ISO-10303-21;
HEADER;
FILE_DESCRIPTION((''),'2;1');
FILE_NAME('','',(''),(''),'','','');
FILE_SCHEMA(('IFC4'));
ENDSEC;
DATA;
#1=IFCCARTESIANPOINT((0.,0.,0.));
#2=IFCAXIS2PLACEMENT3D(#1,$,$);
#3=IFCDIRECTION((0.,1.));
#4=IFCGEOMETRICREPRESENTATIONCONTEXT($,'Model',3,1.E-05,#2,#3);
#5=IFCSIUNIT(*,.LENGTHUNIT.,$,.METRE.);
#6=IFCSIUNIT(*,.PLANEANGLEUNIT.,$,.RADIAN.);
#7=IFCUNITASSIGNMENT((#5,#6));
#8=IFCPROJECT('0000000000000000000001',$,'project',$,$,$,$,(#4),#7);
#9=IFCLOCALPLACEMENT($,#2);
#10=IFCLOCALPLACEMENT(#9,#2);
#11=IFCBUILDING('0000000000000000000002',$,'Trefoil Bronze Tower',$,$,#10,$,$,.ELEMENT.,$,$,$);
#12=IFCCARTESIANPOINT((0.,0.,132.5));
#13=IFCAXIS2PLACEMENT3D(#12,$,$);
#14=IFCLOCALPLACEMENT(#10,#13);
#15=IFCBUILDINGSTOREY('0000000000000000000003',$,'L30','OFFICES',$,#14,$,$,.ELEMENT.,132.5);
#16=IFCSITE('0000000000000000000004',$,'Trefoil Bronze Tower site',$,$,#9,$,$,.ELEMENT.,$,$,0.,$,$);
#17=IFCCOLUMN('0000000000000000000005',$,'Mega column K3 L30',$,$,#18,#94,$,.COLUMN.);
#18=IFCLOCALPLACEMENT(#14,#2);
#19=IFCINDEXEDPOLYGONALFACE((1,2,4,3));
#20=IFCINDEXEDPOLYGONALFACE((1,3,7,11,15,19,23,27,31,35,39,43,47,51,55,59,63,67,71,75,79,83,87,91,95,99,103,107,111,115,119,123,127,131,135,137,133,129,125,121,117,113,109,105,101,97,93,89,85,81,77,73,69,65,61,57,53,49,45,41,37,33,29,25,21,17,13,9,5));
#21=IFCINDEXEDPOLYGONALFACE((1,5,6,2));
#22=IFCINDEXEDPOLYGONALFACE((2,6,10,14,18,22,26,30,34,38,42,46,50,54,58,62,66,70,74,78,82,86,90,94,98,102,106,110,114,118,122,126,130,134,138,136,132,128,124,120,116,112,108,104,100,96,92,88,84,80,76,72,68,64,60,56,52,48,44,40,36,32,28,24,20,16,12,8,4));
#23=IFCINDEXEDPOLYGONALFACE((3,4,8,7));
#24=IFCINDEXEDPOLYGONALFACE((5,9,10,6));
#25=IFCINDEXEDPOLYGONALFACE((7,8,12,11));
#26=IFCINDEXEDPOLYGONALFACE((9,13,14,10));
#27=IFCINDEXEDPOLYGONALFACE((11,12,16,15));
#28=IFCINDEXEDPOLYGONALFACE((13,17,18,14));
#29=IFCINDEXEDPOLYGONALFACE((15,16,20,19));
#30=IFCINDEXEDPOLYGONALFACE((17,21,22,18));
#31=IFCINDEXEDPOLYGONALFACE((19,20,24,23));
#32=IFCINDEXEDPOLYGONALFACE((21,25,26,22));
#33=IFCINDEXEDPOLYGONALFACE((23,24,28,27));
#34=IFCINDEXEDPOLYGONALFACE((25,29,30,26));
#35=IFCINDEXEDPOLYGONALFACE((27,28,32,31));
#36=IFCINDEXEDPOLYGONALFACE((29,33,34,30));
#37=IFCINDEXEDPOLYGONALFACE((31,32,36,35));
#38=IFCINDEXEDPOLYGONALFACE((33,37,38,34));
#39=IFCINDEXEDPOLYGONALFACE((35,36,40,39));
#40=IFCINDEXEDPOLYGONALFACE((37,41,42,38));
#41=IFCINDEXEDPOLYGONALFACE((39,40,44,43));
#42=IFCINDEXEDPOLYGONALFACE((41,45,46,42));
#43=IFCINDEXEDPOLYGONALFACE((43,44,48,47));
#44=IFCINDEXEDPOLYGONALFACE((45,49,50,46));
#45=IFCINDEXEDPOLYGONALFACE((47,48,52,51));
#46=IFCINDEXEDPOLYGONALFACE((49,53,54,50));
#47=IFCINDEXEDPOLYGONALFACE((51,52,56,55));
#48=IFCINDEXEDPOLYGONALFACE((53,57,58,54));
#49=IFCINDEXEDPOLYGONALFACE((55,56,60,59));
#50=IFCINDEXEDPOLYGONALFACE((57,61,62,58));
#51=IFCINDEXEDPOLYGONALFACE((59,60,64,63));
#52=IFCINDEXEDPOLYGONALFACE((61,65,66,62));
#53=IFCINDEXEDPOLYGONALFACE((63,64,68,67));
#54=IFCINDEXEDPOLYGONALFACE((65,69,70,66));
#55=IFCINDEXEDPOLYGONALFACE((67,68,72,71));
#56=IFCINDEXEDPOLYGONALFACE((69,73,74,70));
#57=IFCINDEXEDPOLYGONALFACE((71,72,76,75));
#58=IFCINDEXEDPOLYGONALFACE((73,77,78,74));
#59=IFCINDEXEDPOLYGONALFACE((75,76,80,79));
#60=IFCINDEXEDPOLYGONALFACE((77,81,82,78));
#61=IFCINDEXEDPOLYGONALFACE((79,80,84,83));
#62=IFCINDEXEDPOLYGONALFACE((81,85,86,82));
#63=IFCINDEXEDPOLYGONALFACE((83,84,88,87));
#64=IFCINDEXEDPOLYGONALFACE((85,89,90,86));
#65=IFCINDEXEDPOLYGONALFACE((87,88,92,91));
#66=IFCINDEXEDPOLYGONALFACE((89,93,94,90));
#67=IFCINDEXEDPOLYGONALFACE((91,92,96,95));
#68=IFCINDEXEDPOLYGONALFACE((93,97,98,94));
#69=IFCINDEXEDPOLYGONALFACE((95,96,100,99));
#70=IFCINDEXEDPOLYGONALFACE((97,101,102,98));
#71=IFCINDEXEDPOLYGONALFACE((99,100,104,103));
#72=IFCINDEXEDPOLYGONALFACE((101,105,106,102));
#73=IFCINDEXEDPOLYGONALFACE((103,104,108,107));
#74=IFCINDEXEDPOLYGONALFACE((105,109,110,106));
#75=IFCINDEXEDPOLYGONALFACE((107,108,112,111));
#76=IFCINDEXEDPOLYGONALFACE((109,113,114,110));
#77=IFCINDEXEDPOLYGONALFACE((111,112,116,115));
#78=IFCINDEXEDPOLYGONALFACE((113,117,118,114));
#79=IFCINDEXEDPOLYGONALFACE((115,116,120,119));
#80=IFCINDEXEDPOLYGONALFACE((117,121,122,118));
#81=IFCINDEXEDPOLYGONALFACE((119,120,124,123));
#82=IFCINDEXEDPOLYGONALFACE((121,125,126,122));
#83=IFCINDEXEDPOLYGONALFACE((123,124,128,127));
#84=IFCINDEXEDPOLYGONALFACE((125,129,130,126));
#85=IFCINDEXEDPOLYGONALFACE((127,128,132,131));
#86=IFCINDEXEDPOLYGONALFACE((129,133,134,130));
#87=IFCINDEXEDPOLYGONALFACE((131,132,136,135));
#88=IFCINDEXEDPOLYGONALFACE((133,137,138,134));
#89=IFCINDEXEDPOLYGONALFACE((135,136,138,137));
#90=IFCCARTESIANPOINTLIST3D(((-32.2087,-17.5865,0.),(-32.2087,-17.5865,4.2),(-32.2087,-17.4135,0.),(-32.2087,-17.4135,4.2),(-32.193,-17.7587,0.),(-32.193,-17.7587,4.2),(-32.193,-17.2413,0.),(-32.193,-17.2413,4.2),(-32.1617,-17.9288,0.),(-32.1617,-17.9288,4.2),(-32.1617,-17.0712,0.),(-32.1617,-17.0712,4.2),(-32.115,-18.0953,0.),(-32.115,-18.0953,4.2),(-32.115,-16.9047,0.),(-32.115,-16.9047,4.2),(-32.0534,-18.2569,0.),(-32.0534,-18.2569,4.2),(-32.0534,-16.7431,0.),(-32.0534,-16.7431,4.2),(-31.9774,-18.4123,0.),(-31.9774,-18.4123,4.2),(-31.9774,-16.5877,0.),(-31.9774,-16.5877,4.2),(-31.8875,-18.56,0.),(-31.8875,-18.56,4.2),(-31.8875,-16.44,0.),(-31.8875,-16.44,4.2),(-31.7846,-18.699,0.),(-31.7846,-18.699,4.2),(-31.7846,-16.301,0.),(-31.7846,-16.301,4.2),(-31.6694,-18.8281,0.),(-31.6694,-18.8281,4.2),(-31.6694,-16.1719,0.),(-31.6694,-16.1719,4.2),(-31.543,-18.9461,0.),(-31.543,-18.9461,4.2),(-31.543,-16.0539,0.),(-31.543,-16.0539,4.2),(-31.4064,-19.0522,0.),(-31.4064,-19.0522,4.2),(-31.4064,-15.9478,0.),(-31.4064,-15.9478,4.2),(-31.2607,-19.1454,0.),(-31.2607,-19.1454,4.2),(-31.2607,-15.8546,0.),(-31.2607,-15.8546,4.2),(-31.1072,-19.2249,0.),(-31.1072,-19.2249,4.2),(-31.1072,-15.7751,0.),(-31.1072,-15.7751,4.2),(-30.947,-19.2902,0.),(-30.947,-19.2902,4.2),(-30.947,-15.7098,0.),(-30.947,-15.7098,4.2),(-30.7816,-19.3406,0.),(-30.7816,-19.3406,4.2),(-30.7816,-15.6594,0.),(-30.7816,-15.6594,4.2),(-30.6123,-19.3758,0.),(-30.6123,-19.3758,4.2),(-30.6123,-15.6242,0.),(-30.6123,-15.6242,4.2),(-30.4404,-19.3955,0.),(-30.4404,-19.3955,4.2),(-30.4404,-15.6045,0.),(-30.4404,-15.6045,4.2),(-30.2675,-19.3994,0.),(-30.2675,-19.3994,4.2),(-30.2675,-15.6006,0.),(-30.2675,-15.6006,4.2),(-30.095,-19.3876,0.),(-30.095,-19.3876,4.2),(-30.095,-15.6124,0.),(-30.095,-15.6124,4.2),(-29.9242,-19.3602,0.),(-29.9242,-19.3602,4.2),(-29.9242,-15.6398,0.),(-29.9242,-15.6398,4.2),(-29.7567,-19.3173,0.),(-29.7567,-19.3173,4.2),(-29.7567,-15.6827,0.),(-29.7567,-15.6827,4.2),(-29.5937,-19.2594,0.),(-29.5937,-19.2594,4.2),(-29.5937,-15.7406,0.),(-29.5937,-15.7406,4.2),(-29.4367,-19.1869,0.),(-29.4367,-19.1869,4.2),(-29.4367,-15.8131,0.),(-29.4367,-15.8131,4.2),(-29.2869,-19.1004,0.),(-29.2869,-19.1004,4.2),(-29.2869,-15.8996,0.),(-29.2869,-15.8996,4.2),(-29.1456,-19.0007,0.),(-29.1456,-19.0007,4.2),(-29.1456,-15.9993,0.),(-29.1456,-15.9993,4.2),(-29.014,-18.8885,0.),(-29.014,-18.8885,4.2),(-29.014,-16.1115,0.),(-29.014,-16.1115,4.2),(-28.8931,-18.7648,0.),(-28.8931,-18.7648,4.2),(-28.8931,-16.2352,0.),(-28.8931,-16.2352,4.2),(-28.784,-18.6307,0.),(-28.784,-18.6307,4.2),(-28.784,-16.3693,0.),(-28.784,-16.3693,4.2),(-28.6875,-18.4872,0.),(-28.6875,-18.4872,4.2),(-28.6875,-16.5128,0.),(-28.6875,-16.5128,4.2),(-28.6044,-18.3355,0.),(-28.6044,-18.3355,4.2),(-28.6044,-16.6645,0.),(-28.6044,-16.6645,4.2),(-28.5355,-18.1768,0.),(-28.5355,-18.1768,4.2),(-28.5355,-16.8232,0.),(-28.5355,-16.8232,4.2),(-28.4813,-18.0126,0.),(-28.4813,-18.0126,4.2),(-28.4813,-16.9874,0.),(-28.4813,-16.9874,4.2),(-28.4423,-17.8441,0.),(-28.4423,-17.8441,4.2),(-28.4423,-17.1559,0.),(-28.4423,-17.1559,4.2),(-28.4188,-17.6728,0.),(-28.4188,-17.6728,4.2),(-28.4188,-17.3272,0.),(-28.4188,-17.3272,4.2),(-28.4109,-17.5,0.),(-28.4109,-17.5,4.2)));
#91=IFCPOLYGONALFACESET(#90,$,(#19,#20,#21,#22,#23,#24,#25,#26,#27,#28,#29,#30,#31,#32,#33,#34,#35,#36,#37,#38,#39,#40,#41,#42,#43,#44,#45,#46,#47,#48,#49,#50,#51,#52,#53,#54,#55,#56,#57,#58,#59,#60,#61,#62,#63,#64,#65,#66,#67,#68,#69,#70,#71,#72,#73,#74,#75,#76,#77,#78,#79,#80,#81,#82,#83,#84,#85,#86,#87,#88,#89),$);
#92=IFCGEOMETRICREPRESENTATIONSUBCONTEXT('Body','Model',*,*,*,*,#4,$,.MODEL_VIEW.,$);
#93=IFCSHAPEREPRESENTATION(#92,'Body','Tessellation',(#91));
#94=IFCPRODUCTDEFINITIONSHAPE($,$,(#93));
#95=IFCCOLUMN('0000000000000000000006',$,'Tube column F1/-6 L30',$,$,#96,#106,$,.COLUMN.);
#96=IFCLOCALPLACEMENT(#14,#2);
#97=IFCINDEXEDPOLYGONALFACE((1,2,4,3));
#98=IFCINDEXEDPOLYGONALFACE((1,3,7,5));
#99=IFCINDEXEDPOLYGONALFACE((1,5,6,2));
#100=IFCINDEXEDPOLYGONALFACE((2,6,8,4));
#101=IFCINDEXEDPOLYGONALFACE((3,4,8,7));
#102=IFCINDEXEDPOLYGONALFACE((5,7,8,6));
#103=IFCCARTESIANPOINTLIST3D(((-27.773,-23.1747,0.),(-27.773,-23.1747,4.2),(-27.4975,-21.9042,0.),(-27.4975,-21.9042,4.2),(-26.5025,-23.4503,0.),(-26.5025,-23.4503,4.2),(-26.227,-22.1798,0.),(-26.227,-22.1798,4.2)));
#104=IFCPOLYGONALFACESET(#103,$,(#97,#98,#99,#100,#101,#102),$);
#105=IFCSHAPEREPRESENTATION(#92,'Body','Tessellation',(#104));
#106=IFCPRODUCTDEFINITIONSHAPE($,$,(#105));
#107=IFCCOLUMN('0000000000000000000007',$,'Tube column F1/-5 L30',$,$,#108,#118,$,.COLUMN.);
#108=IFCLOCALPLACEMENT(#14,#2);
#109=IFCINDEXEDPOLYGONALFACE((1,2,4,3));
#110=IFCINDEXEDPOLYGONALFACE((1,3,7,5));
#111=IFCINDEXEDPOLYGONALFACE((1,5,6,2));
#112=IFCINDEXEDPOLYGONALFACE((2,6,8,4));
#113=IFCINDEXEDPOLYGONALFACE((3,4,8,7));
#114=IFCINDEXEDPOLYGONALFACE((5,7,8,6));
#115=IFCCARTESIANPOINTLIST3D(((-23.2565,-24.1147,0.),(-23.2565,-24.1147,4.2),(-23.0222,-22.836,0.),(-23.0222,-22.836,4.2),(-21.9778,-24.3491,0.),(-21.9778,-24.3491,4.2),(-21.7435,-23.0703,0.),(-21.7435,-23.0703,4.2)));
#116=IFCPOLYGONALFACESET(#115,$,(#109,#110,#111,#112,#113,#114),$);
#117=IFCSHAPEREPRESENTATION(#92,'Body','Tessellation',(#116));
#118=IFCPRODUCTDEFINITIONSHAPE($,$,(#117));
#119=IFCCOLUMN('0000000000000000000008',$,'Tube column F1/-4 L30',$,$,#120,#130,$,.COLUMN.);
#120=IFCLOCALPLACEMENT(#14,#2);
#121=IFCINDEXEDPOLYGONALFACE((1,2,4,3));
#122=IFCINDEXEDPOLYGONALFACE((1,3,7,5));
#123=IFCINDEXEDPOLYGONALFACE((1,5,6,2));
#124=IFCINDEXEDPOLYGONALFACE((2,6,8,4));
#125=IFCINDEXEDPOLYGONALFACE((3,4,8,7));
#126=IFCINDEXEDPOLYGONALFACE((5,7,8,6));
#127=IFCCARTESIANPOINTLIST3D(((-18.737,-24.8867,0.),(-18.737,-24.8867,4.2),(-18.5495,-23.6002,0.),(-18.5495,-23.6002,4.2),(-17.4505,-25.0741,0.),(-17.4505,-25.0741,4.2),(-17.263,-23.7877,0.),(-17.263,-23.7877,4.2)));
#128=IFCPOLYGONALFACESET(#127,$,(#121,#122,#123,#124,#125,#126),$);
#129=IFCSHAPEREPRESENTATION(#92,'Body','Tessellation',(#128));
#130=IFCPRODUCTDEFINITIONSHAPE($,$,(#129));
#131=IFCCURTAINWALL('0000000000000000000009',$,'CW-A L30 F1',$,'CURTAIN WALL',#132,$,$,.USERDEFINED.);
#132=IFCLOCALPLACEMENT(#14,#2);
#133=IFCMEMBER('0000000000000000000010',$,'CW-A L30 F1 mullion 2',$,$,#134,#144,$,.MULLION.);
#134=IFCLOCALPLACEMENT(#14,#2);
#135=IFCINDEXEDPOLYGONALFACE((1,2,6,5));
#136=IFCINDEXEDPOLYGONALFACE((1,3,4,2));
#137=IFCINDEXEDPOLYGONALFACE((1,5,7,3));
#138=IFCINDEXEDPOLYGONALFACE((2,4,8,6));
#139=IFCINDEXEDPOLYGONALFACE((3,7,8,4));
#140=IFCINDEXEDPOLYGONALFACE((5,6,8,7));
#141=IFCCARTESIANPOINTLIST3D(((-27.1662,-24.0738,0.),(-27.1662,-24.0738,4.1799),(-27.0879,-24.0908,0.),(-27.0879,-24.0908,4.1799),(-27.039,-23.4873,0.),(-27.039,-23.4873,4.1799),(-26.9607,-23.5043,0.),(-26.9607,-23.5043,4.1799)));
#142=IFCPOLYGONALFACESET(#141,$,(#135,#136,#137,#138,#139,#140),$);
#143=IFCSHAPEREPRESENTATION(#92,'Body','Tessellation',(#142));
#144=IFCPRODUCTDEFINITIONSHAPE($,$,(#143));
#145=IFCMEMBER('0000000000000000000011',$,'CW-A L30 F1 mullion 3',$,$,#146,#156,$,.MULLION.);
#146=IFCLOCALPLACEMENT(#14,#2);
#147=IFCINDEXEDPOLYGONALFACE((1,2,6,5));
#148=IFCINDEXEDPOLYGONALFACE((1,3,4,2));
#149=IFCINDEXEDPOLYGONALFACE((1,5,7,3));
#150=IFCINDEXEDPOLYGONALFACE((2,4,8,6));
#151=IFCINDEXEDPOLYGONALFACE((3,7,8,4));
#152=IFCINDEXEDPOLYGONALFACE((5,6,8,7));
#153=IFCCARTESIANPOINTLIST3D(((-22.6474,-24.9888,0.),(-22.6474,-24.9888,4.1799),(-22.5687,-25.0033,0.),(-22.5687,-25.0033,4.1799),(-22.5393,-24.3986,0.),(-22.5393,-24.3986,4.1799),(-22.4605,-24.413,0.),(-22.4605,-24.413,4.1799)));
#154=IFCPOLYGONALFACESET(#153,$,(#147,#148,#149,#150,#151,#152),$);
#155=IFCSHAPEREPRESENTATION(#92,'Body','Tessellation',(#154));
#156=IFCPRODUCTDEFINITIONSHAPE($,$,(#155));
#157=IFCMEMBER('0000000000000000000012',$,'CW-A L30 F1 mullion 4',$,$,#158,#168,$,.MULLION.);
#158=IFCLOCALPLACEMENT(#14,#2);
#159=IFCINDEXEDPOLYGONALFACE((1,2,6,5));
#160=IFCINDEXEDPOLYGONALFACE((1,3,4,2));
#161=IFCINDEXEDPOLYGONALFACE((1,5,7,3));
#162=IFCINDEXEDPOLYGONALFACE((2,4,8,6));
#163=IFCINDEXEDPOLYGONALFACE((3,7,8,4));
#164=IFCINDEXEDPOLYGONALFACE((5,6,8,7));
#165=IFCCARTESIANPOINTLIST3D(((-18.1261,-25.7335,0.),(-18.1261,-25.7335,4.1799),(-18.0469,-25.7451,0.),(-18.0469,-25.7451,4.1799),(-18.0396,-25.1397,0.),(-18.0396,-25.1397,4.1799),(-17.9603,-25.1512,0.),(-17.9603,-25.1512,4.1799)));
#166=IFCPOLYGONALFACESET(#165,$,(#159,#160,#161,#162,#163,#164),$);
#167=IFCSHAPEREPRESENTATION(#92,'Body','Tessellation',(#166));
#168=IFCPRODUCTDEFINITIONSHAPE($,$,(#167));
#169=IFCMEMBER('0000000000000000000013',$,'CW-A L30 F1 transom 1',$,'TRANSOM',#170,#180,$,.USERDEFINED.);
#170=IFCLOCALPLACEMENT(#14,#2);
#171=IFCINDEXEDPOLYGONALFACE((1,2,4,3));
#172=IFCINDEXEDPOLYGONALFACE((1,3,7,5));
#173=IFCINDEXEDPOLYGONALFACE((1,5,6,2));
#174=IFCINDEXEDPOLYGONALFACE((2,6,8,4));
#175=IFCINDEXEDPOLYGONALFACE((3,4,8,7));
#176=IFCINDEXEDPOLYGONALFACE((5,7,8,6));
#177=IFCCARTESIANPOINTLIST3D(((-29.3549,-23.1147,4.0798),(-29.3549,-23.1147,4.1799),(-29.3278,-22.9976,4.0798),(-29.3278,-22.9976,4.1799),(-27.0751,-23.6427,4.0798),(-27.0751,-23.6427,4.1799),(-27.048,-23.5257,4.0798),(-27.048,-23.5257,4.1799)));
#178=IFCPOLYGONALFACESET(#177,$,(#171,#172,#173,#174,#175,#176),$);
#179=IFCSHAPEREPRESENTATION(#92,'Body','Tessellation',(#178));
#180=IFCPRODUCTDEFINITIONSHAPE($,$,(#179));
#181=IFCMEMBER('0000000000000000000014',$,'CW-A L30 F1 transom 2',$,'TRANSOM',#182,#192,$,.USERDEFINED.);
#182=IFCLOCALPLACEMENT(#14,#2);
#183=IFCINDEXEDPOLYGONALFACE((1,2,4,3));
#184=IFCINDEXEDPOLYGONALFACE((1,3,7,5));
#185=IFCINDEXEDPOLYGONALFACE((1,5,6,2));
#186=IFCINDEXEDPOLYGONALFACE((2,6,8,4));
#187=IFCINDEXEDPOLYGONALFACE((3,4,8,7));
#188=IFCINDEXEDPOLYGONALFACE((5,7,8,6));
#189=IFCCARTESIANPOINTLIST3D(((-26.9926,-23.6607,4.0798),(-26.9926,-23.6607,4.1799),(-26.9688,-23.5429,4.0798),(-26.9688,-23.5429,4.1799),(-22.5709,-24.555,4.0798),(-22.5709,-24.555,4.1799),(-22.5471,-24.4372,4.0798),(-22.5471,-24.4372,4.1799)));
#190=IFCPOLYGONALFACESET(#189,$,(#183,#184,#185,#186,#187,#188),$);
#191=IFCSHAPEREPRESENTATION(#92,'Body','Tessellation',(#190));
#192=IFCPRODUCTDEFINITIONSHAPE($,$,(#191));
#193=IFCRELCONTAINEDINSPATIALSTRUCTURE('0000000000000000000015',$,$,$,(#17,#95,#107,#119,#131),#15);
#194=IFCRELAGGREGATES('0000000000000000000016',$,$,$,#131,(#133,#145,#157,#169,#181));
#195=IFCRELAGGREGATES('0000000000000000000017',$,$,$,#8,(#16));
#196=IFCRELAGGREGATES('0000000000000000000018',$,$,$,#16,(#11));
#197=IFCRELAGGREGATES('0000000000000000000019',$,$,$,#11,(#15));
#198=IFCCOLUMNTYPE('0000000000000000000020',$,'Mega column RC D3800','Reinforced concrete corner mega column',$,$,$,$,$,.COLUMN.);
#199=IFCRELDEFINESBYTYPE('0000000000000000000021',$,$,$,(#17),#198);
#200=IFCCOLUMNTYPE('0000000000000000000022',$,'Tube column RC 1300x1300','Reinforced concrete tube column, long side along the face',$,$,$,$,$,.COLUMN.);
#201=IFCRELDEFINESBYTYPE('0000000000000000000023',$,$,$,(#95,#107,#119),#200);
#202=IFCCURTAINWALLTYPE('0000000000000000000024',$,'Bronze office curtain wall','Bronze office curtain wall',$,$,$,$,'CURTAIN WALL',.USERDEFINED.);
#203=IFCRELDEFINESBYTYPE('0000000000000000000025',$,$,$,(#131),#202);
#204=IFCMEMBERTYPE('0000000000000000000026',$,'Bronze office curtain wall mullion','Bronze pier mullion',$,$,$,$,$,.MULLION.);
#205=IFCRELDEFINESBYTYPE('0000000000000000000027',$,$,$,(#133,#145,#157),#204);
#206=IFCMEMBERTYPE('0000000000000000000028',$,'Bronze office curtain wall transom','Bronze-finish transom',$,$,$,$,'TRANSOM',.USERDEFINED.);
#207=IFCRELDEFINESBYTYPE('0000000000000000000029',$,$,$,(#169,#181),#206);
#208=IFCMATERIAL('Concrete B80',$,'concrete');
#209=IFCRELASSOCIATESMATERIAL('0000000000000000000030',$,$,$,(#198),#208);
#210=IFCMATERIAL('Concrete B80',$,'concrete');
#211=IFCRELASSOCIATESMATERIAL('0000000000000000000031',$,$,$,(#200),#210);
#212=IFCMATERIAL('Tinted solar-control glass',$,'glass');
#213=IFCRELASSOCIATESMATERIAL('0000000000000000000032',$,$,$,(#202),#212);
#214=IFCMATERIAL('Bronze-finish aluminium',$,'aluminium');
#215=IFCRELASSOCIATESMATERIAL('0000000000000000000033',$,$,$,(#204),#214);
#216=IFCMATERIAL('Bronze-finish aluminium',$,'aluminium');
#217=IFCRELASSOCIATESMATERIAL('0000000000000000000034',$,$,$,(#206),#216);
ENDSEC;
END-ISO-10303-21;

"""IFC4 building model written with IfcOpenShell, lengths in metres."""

from ifc_helpers import new_model, si_unit, direction, frame, origin, origin_2d, place, context, subcontext, project, spatial, rectangle, circle, extrude, material, material_profile, profile_set, type_object, element, aggregate, save


model = new_model("IFC4")

# Units and contexts
model_context = context("Model", 3, precision=1e-05, world=origin(), true_north=direction((0.0, 1.0)))
body_context = subcontext(model_context, "Body", "Model", "MODEL_VIEW")
ifc_project = project(units=[si_unit("LENGTHUNIT", "METRE"), si_unit("PLANEANGLEUNIT", "RADIAN")], contexts=[model_context])

# Site, building, storey
site_placement = place(None, origin())
site = spatial("IfcSite", under=ifc_project, at=site_placement, Name="Trefoil Bronze Tower site", CompositionType="ELEMENT", RefElevation=0.0)
building_placement = place(site_placement, origin())
building = spatial("IfcBuilding", under=site, at=building_placement, Name="Trefoil Bronze Tower", CompositionType="ELEMENT")
storey_placement = place(building_placement, frame((0.0, 0.0, 132.5)))
storey = spatial("IfcBuildingStorey", under=building, at=storey_placement, Name="L30", Description="OFFICES", CompositionType="ELEMENT", Elevation=132.5)

# Columns
ifc_material_1 = material(Name="Concrete B80", Category="concrete")
ifc_material_profile_1 = material_profile(ifc_material_1, circle(Radius=1.8999, at=origin_2d()), Name="RC D3800")
ifc_profile_set_1 = profile_set([ifc_material_profile_1], Name="Concrete B80")
column_type_1 = type_object("IfcColumnType", Name="Mega column RC D3800", Description="Reinforced concrete corner mega column", PredefinedType="COLUMN", material=ifc_profile_set_1)
column_placement = place(storey_placement, frame((-30.3108, -17.5, 0.0), z_axis=(0.0, 0.0, 1.0), x_axis=(1.0, 0.0, 0.0)))
element("IfcColumn", 1, at=column_placement, inside=storey, type_object=column_type_1, Name="Mega column K3 L30", PredefinedType="COLUMN", context=body_context, shape_type="SweptSolid", body=[
    extrude(circle(Radius=1.8999, at=origin_2d()), origin(), (0.0, 0.0, 1.0), 4.2),
])
ifc_material_2 = material(Name="Concrete B80", Category="concrete")
ifc_material_profile_2 = material_profile(ifc_material_2, rectangle(XDim=1.3, YDim=1.3, at=origin_2d()), Name="RC 1300x1300")
ifc_profile_set_2 = profile_set([ifc_material_profile_2], Name="Concrete B80")
column_type_2 = type_object("IfcColumnType", Name="Tube column RC 1300x1300", Description="Reinforced concrete tube column, long side along the face", PredefinedType="COLUMN", material=ifc_profile_set_2)
for number, where, z_axis, x_axis, name in (
    (2, (-27.0, -22.6772, 0.0), (0.0, 0.0, 1.0), (0.977276, -0.21197, 0.0), "Tube column F1/-6 L30"),
    (3, (-22.5, -23.5925, 0.0), (0.0, 0.0, 1.0), (0.983623, -0.180241, 0.0), "Tube column F1/-5 L30"),
    (4, (-18.0, -24.3372, 0.0), (0.0, 0.0, 1.0), (0.98955, -0.144192, 0.0), "Tube column F1/-4 L30"),
):
    element("IfcColumn", number, at=place(storey_placement, frame(where, z_axis=z_axis, x_axis=x_axis)), inside=storey, type_object=column_type_2, Name=name, PredefinedType="COLUMN", context=body_context, shape_type="SweptSolid", body=[
        extrude(rectangle(XDim=1.3, YDim=1.3, at=origin_2d()), origin(), (0.0, 0.0, 1.0), 4.2),
    ])

# Curtain wall, members
ifc_material_3 = material(Name="Tinted solar-control glass", Category="glass")
curtain_wall_type_1 = type_object("IfcCurtainWallType", Name="Bronze office curtain wall", Description="Bronze office curtain wall", ElementType="CURTAIN WALL", PredefinedType="USERDEFINED", material=ifc_material_3)
curtain_wall_1_placement = place(storey_placement, origin())
curtain_wall_1 = element("IfcCurtainWall", 5, at=curtain_wall_1_placement, inside=storey, type_object=curtain_wall_type_1, Name="CW-A L30 F1", ObjectType="CURTAIN WALL", PredefinedType="USERDEFINED")
ifc_material_4 = material(Name="Bronze-finish aluminium", Category="aluminium")
ifc_material_profile_3 = material_profile(ifc_material_4, rectangle(XDim=0.6001, YDim=0.0801, at=origin_2d()), Name="CW-A mullion")
ifc_profile_set_3 = profile_set([ifc_material_profile_3], Name="Bronze-finish aluminium")
member_type_1 = type_object("IfcMemberType", Name="Bronze office curtain wall mullion", Description="Bronze pier mullion", PredefinedType="MULLION", material=ifc_profile_set_3)
member_1_placement = place(storey_placement, frame((-27.0635, -23.7891, 0.0), z_axis=(0.0, 0.0, 1.0), x_axis=(0.21197, 0.977276, 0.0)))
member_1 = element("IfcMember", 6, at=member_1_placement, type_object=member_type_1, Name="CW-A L30 F1 mullion 2", PredefinedType="MULLION", context=body_context, shape_type="SweptSolid", body=[
    extrude(rectangle(XDim=0.6001, YDim=0.0801, at=origin_2d()), origin(), (0.0, 0.0, 1.0), 4.1799),
])
member_2_placement = place(storey_placement, frame((-22.554, -24.7009, 0.0), z_axis=(0.0, 0.0, 1.0), x_axis=(0.180241, 0.983623, 0.0)))
member_2 = element("IfcMember", 7, at=member_2_placement, type_object=member_type_1, Name="CW-A L30 F1 mullion 3", PredefinedType="MULLION", context=body_context, shape_type="SweptSolid", body=[
    extrude(rectangle(XDim=0.6001, YDim=0.0801, at=origin_2d()), origin(), (0.0, 0.0, 1.0), 4.1799),
])
member_3_placement = place(storey_placement, frame((-18.0432, -25.4424, 0.0), z_axis=(0.0, 0.0, 1.0), x_axis=(0.144192, 0.98955, 0.0)))
member_3 = element("IfcMember", 8, at=member_3_placement, type_object=member_type_1, Name="CW-A L30 F1 mullion 4", PredefinedType="MULLION", context=body_context, shape_type="SweptSolid", body=[
    extrude(rectangle(XDim=0.6001, YDim=0.0801, at=origin_2d()), origin(), (0.0, 0.0, 1.0), 4.1799),
])
ifc_material_5 = material(Name="Bronze-finish aluminium", Category="aluminium")
ifc_material_profile_4 = material_profile(ifc_material_5, rectangle(XDim=0.1201, YDim=0.1001, at=origin_2d()), Name="CW-A transom")
ifc_profile_set_4 = profile_set([ifc_material_profile_4], Name="Bronze-finish aluminium")
member_type_2 = type_object("IfcMemberType", Name="Bronze office curtain wall transom", Description="Bronze-finish transom", ElementType="TRANSOM", PredefinedType="USERDEFINED", material=ifc_profile_set_4)
member_4_placement = place(storey_placement, frame((-29.3413, -23.0562, 4.1299), z_axis=(0.974206, -0.225659, 0.0), x_axis=(0.225659, 0.974206, 0.0)))
member_4 = element("IfcMember", 9, at=member_4_placement, type_object=member_type_2, Name="CW-A L30 F1 transom 1", ObjectType="TRANSOM", PredefinedType="USERDEFINED", context=body_context, shape_type="SweptSolid", body=[
    extrude(rectangle(XDim=0.1201, YDim=0.1001, at=origin_2d()), origin(), (0.0, 0.0, 1.0), 2.3401),
])
member_5_placement = place(storey_placement, frame((-26.9807, -23.6018, 4.1299), z_axis=(0.980154, -0.198239, 0.0), x_axis=(0.198239, 0.980154, 0.0)))
member_5 = element("IfcMember", 10, at=member_5_placement, type_object=member_type_2, Name="CW-A L30 F1 transom 2", ObjectType="TRANSOM", PredefinedType="USERDEFINED", context=body_context, shape_type="SweptSolid", body=[
    extrude(rectangle(XDim=0.1201, YDim=0.1001, at=origin_2d()), origin(), (0.0, 0.0, 1.0), 4.5112),
])

aggregate(curtain_wall_1, [member_1, member_2, member_3, member_4, member_5])

save(model, "model.ifc")
